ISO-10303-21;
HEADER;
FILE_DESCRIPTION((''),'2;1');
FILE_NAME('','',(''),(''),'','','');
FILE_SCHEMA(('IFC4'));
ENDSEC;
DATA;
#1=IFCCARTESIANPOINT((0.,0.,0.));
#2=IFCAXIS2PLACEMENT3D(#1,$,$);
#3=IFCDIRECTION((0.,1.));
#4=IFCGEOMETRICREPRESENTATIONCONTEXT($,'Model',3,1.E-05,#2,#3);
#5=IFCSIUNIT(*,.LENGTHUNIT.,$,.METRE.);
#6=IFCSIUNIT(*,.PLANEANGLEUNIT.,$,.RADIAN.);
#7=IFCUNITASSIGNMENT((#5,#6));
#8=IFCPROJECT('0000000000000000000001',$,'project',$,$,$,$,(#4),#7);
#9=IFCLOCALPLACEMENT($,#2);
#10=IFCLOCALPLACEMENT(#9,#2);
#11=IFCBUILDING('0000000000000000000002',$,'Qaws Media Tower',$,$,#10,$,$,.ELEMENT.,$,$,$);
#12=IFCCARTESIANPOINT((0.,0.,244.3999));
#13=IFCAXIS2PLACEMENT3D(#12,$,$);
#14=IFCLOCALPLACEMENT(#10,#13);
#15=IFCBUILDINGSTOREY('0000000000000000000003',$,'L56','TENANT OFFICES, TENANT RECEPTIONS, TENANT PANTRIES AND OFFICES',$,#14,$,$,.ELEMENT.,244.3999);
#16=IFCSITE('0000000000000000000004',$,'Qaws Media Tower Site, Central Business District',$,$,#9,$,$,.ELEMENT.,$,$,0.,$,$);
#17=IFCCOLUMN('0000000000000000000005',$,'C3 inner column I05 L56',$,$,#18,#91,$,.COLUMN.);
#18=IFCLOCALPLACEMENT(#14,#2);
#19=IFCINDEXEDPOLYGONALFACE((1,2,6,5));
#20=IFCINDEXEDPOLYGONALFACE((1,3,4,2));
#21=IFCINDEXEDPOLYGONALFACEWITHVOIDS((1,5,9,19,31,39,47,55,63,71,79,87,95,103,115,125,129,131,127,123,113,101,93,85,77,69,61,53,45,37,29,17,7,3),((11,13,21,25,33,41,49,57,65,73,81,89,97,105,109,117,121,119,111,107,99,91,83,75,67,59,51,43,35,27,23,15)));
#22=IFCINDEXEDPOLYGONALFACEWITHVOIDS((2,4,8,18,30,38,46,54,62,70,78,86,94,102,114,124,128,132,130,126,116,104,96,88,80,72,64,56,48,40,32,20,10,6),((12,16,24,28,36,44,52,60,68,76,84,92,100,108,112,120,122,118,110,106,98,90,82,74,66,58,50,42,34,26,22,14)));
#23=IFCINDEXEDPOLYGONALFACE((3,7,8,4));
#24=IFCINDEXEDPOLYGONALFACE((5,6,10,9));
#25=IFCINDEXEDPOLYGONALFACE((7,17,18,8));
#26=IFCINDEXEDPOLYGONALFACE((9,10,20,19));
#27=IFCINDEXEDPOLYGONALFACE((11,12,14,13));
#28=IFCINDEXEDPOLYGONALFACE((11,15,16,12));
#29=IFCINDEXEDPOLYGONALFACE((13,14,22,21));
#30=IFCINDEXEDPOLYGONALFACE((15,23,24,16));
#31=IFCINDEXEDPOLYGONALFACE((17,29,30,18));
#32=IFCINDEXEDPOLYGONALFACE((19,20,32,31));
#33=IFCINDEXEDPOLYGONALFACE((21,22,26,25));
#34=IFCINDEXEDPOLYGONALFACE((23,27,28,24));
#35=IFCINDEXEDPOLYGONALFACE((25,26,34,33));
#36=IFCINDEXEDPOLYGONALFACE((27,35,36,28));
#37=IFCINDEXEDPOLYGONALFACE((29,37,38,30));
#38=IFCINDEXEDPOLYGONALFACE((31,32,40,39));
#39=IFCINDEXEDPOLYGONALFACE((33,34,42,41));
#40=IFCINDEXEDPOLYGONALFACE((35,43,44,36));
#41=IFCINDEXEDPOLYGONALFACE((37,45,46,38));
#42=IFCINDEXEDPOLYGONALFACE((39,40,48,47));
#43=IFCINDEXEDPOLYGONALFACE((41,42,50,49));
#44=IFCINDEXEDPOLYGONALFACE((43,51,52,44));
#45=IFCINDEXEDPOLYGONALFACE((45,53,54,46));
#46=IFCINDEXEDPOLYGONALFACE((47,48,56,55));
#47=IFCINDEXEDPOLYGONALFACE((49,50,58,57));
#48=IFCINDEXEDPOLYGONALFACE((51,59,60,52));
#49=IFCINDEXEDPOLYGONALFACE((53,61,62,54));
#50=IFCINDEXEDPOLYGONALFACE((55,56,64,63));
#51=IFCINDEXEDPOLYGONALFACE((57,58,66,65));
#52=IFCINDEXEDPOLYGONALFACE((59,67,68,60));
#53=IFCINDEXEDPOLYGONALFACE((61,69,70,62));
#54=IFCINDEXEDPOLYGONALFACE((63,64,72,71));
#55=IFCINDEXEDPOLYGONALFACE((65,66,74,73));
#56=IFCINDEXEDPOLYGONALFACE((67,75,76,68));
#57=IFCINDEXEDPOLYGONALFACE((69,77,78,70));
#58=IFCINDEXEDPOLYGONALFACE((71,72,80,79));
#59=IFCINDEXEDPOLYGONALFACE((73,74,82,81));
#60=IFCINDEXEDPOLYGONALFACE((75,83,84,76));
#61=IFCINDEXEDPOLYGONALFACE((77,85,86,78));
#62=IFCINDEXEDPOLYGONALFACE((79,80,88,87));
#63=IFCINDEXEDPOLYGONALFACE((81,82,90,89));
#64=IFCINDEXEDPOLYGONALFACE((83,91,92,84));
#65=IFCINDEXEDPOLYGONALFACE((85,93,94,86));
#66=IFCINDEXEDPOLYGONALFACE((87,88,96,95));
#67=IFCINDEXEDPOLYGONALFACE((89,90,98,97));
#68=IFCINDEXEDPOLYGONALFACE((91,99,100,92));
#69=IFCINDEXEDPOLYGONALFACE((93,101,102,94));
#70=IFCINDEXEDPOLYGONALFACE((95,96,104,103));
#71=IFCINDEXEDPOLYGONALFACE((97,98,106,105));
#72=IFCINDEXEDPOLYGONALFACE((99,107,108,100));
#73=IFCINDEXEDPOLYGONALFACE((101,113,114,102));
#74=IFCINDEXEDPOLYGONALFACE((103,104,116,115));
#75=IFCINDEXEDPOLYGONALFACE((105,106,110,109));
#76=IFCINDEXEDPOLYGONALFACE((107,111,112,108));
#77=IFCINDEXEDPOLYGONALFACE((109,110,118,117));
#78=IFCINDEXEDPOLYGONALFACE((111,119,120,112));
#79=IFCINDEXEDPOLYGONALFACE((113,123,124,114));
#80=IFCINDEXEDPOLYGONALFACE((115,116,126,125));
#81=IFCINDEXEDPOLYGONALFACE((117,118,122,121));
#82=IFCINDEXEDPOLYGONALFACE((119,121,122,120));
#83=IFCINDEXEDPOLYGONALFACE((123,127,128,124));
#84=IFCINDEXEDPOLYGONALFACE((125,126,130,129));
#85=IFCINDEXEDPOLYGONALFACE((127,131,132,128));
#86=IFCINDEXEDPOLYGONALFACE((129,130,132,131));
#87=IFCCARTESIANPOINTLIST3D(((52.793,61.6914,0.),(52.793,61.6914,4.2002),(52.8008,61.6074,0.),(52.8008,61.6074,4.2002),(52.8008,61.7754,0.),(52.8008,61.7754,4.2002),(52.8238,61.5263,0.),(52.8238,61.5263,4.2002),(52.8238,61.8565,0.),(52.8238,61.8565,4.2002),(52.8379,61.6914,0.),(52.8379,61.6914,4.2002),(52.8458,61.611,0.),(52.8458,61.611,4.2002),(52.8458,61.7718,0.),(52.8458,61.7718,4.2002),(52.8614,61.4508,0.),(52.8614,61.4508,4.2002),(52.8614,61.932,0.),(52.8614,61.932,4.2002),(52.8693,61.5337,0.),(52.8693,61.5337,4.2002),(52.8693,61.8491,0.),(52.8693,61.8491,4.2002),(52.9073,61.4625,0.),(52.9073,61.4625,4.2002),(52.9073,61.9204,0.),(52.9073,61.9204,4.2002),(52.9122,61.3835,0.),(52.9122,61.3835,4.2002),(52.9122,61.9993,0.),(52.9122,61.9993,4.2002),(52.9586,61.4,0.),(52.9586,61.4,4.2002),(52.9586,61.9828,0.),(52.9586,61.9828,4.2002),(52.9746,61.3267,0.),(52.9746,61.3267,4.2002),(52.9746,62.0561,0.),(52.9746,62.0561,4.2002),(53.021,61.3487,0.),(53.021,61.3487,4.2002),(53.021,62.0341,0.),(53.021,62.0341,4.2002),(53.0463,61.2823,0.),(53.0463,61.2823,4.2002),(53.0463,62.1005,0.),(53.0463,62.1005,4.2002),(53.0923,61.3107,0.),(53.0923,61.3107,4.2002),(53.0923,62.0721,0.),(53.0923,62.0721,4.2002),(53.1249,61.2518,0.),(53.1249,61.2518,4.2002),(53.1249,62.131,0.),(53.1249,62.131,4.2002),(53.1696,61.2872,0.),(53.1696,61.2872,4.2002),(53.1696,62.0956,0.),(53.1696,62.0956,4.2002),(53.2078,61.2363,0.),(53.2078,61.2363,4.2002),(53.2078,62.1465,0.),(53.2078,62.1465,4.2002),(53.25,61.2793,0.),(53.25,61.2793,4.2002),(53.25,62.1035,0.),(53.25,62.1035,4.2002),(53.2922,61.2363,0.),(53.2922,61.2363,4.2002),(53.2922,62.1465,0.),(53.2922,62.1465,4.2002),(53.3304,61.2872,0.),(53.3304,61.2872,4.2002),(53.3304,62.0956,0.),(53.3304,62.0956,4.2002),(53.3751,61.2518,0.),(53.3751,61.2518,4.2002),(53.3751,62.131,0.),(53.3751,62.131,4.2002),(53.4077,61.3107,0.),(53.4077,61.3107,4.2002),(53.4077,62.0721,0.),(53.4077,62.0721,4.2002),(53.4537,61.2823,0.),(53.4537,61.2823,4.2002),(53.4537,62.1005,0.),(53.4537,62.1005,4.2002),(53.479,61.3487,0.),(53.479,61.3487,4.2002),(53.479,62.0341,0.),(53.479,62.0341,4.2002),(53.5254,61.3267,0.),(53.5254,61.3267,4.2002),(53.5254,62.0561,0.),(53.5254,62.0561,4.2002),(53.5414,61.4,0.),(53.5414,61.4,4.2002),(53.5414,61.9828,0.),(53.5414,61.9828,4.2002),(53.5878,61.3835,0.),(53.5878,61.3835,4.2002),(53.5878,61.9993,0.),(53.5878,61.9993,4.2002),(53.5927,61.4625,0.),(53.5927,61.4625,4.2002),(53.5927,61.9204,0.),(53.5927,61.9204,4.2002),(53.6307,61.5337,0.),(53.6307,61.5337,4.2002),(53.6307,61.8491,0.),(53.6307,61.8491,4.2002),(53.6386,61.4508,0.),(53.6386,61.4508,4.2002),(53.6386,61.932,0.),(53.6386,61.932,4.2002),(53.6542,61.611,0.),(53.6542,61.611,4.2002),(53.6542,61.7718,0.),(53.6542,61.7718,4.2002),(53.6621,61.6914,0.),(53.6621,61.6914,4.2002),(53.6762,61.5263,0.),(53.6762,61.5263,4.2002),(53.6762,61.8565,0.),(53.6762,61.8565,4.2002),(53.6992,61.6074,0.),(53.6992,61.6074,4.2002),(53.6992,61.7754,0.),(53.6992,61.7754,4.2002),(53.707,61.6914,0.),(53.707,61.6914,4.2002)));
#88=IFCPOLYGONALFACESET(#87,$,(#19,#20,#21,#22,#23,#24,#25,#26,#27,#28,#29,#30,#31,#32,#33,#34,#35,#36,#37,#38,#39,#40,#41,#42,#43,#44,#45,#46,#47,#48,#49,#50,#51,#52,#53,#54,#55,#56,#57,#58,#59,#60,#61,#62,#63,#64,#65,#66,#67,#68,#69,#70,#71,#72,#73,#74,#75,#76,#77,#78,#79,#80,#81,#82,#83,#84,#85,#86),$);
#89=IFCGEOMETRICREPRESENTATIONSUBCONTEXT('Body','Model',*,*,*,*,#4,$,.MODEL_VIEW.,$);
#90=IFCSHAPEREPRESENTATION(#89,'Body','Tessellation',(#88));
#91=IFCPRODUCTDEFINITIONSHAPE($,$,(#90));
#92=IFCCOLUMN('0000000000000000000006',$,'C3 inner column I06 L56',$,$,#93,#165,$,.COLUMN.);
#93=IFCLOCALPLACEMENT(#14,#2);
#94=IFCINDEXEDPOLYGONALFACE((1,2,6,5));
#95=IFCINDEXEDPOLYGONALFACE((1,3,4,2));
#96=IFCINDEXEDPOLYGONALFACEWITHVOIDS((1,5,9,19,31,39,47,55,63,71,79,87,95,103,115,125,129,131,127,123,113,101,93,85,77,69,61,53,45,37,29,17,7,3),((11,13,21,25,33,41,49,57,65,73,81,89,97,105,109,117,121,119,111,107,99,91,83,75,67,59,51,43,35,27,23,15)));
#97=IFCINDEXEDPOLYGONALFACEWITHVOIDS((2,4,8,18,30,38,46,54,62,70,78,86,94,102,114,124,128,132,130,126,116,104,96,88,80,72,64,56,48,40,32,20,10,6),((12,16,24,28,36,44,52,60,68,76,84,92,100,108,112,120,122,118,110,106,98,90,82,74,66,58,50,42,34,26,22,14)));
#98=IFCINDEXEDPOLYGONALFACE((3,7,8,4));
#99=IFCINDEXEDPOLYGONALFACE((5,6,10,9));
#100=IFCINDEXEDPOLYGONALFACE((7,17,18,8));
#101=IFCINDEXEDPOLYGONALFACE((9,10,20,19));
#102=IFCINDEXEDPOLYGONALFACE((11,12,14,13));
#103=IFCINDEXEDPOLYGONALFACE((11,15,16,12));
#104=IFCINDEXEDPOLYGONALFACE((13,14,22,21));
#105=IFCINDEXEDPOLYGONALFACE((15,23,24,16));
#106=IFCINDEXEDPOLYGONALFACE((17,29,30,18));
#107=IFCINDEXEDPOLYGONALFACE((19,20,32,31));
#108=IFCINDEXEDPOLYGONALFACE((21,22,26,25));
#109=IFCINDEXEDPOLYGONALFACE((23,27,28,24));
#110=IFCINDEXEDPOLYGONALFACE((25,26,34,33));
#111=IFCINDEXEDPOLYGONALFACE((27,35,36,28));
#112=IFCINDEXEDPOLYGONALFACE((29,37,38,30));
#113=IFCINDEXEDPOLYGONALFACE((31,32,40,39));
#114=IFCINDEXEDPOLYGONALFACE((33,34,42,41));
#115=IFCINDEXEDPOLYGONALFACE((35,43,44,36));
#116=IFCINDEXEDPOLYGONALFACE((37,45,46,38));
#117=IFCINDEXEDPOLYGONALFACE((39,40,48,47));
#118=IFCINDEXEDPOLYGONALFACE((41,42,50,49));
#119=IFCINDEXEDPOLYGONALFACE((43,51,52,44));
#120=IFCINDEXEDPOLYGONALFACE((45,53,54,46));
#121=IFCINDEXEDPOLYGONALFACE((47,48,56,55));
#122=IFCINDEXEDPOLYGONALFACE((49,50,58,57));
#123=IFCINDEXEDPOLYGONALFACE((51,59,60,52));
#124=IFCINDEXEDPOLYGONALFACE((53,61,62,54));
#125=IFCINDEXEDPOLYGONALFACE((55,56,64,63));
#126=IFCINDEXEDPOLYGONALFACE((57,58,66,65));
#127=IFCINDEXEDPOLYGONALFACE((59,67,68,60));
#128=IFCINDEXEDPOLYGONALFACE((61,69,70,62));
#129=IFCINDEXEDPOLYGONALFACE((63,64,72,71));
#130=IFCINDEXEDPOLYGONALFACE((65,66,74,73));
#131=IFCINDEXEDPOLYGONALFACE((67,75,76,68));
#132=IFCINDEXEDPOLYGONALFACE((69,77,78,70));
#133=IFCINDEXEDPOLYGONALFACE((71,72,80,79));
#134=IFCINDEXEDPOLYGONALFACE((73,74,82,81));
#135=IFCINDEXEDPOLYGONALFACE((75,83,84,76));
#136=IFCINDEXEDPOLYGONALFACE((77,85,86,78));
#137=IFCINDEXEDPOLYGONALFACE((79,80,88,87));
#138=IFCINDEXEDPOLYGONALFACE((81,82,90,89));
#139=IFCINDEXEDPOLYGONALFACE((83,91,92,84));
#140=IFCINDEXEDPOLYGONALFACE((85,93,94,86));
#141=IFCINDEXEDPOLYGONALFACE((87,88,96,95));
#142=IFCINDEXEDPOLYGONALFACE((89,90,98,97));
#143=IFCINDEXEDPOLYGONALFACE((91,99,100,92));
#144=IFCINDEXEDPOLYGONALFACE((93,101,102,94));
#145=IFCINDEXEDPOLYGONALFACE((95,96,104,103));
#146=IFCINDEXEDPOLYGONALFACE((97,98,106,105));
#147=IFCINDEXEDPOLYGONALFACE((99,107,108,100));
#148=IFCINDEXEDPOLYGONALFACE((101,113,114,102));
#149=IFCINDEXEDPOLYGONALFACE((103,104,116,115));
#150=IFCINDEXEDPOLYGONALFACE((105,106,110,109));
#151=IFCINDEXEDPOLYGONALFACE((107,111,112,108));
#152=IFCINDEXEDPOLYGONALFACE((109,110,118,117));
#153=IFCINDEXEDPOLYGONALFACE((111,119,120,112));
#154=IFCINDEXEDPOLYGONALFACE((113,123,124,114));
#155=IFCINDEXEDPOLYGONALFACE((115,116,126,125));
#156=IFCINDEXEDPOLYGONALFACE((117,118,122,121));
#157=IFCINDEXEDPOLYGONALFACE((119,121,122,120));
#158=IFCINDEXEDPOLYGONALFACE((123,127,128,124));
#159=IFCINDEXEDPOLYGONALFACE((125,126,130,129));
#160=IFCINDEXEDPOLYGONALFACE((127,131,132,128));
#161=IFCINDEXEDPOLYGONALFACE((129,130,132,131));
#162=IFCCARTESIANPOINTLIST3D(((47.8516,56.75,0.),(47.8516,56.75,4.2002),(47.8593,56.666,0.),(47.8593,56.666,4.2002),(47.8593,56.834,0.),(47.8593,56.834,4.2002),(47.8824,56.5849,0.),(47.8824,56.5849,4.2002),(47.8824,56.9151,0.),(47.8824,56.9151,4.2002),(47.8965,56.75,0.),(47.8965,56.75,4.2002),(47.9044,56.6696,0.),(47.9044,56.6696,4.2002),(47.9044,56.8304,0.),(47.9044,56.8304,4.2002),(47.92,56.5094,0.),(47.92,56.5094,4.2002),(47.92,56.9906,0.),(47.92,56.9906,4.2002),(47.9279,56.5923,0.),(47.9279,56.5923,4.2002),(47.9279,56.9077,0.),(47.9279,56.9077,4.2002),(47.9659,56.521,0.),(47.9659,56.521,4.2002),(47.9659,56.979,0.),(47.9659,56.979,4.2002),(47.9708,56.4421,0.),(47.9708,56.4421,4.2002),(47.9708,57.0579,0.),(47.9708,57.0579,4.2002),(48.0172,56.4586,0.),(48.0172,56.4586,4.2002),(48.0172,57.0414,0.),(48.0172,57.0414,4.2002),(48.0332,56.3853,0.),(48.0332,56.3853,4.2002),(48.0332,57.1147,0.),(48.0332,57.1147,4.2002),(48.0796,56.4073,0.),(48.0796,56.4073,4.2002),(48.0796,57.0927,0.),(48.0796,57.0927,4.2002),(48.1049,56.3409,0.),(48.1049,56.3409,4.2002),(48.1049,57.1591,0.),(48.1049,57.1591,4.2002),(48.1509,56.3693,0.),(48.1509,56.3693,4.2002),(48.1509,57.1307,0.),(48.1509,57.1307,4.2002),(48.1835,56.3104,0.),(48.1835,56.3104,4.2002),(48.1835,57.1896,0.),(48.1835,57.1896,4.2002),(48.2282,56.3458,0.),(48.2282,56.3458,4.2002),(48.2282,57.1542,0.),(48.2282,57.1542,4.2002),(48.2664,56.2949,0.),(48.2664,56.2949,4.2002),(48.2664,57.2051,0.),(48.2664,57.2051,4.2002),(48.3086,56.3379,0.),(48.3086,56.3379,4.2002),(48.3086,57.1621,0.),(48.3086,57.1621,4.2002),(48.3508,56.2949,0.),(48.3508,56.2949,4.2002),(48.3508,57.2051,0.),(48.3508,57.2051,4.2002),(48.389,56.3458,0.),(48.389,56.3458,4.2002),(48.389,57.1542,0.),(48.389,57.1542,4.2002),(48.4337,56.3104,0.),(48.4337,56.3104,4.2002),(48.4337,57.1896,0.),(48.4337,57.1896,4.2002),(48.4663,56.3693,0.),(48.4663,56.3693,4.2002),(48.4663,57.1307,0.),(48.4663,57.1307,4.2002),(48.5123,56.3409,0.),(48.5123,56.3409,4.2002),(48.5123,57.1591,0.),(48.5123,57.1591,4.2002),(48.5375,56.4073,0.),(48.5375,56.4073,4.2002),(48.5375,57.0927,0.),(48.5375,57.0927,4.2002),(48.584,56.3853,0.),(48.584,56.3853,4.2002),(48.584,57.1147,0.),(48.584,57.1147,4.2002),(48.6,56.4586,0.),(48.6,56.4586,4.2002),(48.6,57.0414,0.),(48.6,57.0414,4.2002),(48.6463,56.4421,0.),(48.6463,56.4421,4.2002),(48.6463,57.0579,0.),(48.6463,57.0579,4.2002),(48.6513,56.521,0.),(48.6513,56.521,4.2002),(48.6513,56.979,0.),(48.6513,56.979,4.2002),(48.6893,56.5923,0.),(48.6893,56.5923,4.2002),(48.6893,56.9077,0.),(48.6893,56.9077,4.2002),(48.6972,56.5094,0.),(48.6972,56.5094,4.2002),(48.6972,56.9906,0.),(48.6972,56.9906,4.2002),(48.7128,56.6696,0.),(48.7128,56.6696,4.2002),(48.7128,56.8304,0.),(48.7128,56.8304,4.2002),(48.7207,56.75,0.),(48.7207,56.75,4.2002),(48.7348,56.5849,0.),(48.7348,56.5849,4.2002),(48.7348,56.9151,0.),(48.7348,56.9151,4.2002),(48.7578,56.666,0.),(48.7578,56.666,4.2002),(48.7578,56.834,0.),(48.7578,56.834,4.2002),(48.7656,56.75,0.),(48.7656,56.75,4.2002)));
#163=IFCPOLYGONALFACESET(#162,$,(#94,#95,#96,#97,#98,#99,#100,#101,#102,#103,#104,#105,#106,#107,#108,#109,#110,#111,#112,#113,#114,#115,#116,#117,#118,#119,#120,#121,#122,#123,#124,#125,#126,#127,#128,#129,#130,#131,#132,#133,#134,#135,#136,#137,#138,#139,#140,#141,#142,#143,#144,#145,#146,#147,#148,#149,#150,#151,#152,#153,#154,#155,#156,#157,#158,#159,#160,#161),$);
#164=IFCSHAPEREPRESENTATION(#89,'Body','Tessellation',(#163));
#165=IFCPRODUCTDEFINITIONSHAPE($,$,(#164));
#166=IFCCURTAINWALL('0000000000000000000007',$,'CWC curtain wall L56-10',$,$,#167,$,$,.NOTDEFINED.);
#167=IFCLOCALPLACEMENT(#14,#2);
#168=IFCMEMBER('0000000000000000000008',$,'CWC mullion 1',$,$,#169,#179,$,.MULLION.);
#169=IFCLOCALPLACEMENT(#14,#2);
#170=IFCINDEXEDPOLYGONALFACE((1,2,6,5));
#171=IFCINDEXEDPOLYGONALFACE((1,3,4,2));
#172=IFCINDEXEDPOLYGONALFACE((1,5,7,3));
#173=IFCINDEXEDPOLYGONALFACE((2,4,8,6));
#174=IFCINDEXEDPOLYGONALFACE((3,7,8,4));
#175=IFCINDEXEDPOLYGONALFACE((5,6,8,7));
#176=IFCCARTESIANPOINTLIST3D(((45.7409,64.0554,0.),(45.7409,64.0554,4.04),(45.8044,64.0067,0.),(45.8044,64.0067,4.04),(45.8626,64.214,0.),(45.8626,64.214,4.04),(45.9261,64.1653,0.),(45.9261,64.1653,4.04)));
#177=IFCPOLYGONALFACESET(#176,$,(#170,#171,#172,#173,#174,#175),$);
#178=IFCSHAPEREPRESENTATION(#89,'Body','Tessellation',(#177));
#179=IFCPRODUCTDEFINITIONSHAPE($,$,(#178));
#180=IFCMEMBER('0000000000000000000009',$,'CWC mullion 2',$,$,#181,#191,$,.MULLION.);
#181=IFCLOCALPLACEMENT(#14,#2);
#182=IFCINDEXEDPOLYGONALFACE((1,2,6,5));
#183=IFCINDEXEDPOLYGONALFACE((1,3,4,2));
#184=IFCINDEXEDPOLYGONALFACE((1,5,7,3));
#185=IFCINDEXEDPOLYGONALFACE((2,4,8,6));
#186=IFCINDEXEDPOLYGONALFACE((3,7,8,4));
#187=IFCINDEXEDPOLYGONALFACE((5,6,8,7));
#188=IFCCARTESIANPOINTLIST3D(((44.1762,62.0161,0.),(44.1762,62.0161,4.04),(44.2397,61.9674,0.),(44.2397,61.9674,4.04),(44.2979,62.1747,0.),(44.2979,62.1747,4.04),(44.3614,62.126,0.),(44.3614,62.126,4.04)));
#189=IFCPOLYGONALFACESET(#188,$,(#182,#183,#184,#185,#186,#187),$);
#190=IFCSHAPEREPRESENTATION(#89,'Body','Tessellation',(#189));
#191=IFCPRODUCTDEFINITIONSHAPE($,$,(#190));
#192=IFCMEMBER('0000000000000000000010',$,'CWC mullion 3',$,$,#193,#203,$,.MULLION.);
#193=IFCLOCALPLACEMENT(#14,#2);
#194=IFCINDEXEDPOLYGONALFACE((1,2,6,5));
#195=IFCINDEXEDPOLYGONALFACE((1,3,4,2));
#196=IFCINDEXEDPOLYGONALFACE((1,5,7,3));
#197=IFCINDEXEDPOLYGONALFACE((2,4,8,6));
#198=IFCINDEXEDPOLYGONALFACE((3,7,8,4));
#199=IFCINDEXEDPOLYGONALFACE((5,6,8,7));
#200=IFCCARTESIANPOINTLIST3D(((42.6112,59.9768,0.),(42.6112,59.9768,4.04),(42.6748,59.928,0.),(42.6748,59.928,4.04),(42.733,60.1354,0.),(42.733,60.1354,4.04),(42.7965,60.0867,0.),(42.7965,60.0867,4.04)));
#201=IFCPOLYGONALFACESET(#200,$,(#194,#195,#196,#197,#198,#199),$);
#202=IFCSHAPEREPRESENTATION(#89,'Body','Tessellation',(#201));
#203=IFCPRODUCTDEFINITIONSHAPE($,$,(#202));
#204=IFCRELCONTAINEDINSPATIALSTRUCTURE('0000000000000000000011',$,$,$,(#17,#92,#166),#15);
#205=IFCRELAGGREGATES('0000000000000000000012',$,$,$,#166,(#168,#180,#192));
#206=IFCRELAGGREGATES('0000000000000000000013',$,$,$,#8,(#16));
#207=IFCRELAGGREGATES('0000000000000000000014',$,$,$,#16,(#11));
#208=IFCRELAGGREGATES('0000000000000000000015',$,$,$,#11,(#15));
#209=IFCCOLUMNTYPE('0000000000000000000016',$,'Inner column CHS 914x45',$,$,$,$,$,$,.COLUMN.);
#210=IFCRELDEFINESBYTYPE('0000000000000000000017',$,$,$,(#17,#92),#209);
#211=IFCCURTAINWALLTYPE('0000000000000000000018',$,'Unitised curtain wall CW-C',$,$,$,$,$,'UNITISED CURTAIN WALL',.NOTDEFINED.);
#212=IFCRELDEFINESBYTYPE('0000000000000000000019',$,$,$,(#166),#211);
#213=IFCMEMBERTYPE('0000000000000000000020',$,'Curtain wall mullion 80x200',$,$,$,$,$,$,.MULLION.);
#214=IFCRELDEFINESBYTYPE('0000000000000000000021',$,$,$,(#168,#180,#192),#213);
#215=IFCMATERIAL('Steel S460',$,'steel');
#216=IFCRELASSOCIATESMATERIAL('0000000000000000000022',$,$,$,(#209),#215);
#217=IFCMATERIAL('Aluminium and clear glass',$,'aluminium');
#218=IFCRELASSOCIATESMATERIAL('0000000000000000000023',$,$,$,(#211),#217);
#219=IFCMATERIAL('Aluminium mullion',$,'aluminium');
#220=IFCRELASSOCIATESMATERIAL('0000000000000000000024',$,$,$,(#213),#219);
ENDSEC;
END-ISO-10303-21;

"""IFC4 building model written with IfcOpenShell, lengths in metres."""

from ifc_helpers import new_model, si_unit, direction, frame, origin, origin_2d, place, context, subcontext, project, spatial, rectangle, hollow_circle, extrude, material, material_profile, profile_set, type_object, element, aggregate, save


model = new_model("IFC4")

# Units and contexts
model_context = context("Model", 3, precision=1e-05, world=origin(), true_north=direction((0.0, 1.0)))
body_context = subcontext(model_context, "Body", "Model", "MODEL_VIEW")
ifc_project = project(units=[si_unit("LENGTHUNIT", "METRE"), si_unit("PLANEANGLEUNIT", "RADIAN")], contexts=[model_context])

# Site, building, storey
site_placement = place(None, origin())
site = spatial("IfcSite", under=ifc_project, at=site_placement, Name="Qaws Media Tower Site, Central Business District", CompositionType="ELEMENT", RefElevation=0.0)
building_placement = place(site_placement, origin())
building = spatial("IfcBuilding", under=site, at=building_placement, Name="Qaws Media Tower", CompositionType="ELEMENT")
storey_placement = place(building_placement, frame((0.0, 0.0, 244.3999)))
storey = spatial("IfcBuildingStorey", under=building, at=storey_placement, Name="L56", Description="TENANT OFFICES, TENANT RECEPTIONS, TENANT PANTRIES AND OFFICES", CompositionType="ELEMENT", Elevation=244.3999)

# Columns
ifc_material_1 = material(Name="Steel S460", Category="steel")
ifc_material_profile_1 = material_profile(ifc_material_1, hollow_circle(Radius=0.457, WallThickness=0.0449, at=origin_2d()), Name="CHS 914x45")
ifc_profile_set_1 = profile_set([ifc_material_profile_1], Name="Steel S460")
column_type = type_object("IfcColumnType", Name="Inner column CHS 914x45", PredefinedType="COLUMN", material=ifc_profile_set_1)
for number, where, z_axis, x_axis, name in (
    (1, (53.25, 61.6914, 0.0), (0.0, 0.0, 1.0), (1.0, 0.0, 0.0), "C3 inner column I05 L56"),
    (2, (48.3086, 56.75, 0.0), (0.0, 0.0, 1.0), (1.0, 0.0, 0.0), "C3 inner column I06 L56"),
):
    element("IfcColumn", number, at=place(storey_placement, frame(where, z_axis=z_axis, x_axis=x_axis)), inside=storey, type_object=column_type, Name=name, PredefinedType="COLUMN", context=body_context, shape_type="SweptSolid", body=[
        extrude(hollow_circle(Radius=0.457, WallThickness=0.0449, at=origin_2d()), origin(), (0.0, 0.0, 1.0), 4.2002),
    ])

# Curtain wall, members
ifc_material_2 = material(Name="Aluminium and clear glass", Category="aluminium")
curtain_wall_type = type_object("IfcCurtainWallType", Name="Unitised curtain wall CW-C", ElementType="UNITISED CURTAIN WALL", PredefinedType="NOTDEFINED", material=ifc_material_2)
curtain_wall_1_placement = place(storey_placement, origin())
curtain_wall_1 = element("IfcCurtainWall", 3, at=curtain_wall_1_placement, inside=storey, type_object=curtain_wall_type, Name="CWC curtain wall L56-10", PredefinedType="NOTDEFINED")
ifc_material_3 = material(Name="Aluminium mullion", Category="aluminium")
ifc_material_profile_2 = material_profile(ifc_material_3, rectangle(XDim=0.0801, YDim=0.2, at=origin_2d()), Name="80x200")
ifc_profile_set_2 = profile_set([ifc_material_profile_2], Name="Aluminium mullion")
member_type_1 = type_object("IfcMemberType", Name="Curtain wall mullion 80x200", PredefinedType="MULLION", material=ifc_profile_set_2)
member_1_placement = place(storey_placement, frame((45.8335, 64.1104, 0.0), z_axis=(0.0, 0.0, 1.0), x_axis=(0.793353, -0.608761, 0.0)))
member_1 = element("IfcMember", 4, at=member_1_placement, type_object=member_type_1, Name="CWC mullion 1", PredefinedType="MULLION", context=body_context, shape_type="SweptSolid", body=[
    extrude(rectangle(XDim=0.0801, YDim=0.2, at=origin_2d()), origin(), (0.0, 0.0, 1.0), 4.04),
])
member_2_placement = place(storey_placement, frame((44.2688, 62.071, 0.0), z_axis=(0.0, 0.0, 1.0), x_axis=(0.793353, -0.608761, 0.0)))
member_2 = element("IfcMember", 5, at=member_2_placement, type_object=member_type_1, Name="CWC mullion 2", PredefinedType="MULLION", context=body_context, shape_type="SweptSolid", body=[
    extrude(rectangle(XDim=0.0801, YDim=0.2, at=origin_2d()), origin(), (0.0, 0.0, 1.0), 4.04),
])
member_3_placement = place(storey_placement, frame((42.7039, 60.0317, 0.0), z_axis=(0.0, 0.0, 1.0), x_axis=(0.793353, -0.608761, 0.0)))
member_3 = element("IfcMember", 6, at=member_3_placement, type_object=member_type_1, Name="CWC mullion 3", PredefinedType="MULLION", context=body_context, shape_type="SweptSolid", body=[
    extrude(rectangle(XDim=0.0801, YDim=0.2, at=origin_2d()), origin(), (0.0, 0.0, 1.0), 4.04),
])

aggregate(curtain_wall_1, [member_1, member_2, member_3])

save(model, "model.ifc")
